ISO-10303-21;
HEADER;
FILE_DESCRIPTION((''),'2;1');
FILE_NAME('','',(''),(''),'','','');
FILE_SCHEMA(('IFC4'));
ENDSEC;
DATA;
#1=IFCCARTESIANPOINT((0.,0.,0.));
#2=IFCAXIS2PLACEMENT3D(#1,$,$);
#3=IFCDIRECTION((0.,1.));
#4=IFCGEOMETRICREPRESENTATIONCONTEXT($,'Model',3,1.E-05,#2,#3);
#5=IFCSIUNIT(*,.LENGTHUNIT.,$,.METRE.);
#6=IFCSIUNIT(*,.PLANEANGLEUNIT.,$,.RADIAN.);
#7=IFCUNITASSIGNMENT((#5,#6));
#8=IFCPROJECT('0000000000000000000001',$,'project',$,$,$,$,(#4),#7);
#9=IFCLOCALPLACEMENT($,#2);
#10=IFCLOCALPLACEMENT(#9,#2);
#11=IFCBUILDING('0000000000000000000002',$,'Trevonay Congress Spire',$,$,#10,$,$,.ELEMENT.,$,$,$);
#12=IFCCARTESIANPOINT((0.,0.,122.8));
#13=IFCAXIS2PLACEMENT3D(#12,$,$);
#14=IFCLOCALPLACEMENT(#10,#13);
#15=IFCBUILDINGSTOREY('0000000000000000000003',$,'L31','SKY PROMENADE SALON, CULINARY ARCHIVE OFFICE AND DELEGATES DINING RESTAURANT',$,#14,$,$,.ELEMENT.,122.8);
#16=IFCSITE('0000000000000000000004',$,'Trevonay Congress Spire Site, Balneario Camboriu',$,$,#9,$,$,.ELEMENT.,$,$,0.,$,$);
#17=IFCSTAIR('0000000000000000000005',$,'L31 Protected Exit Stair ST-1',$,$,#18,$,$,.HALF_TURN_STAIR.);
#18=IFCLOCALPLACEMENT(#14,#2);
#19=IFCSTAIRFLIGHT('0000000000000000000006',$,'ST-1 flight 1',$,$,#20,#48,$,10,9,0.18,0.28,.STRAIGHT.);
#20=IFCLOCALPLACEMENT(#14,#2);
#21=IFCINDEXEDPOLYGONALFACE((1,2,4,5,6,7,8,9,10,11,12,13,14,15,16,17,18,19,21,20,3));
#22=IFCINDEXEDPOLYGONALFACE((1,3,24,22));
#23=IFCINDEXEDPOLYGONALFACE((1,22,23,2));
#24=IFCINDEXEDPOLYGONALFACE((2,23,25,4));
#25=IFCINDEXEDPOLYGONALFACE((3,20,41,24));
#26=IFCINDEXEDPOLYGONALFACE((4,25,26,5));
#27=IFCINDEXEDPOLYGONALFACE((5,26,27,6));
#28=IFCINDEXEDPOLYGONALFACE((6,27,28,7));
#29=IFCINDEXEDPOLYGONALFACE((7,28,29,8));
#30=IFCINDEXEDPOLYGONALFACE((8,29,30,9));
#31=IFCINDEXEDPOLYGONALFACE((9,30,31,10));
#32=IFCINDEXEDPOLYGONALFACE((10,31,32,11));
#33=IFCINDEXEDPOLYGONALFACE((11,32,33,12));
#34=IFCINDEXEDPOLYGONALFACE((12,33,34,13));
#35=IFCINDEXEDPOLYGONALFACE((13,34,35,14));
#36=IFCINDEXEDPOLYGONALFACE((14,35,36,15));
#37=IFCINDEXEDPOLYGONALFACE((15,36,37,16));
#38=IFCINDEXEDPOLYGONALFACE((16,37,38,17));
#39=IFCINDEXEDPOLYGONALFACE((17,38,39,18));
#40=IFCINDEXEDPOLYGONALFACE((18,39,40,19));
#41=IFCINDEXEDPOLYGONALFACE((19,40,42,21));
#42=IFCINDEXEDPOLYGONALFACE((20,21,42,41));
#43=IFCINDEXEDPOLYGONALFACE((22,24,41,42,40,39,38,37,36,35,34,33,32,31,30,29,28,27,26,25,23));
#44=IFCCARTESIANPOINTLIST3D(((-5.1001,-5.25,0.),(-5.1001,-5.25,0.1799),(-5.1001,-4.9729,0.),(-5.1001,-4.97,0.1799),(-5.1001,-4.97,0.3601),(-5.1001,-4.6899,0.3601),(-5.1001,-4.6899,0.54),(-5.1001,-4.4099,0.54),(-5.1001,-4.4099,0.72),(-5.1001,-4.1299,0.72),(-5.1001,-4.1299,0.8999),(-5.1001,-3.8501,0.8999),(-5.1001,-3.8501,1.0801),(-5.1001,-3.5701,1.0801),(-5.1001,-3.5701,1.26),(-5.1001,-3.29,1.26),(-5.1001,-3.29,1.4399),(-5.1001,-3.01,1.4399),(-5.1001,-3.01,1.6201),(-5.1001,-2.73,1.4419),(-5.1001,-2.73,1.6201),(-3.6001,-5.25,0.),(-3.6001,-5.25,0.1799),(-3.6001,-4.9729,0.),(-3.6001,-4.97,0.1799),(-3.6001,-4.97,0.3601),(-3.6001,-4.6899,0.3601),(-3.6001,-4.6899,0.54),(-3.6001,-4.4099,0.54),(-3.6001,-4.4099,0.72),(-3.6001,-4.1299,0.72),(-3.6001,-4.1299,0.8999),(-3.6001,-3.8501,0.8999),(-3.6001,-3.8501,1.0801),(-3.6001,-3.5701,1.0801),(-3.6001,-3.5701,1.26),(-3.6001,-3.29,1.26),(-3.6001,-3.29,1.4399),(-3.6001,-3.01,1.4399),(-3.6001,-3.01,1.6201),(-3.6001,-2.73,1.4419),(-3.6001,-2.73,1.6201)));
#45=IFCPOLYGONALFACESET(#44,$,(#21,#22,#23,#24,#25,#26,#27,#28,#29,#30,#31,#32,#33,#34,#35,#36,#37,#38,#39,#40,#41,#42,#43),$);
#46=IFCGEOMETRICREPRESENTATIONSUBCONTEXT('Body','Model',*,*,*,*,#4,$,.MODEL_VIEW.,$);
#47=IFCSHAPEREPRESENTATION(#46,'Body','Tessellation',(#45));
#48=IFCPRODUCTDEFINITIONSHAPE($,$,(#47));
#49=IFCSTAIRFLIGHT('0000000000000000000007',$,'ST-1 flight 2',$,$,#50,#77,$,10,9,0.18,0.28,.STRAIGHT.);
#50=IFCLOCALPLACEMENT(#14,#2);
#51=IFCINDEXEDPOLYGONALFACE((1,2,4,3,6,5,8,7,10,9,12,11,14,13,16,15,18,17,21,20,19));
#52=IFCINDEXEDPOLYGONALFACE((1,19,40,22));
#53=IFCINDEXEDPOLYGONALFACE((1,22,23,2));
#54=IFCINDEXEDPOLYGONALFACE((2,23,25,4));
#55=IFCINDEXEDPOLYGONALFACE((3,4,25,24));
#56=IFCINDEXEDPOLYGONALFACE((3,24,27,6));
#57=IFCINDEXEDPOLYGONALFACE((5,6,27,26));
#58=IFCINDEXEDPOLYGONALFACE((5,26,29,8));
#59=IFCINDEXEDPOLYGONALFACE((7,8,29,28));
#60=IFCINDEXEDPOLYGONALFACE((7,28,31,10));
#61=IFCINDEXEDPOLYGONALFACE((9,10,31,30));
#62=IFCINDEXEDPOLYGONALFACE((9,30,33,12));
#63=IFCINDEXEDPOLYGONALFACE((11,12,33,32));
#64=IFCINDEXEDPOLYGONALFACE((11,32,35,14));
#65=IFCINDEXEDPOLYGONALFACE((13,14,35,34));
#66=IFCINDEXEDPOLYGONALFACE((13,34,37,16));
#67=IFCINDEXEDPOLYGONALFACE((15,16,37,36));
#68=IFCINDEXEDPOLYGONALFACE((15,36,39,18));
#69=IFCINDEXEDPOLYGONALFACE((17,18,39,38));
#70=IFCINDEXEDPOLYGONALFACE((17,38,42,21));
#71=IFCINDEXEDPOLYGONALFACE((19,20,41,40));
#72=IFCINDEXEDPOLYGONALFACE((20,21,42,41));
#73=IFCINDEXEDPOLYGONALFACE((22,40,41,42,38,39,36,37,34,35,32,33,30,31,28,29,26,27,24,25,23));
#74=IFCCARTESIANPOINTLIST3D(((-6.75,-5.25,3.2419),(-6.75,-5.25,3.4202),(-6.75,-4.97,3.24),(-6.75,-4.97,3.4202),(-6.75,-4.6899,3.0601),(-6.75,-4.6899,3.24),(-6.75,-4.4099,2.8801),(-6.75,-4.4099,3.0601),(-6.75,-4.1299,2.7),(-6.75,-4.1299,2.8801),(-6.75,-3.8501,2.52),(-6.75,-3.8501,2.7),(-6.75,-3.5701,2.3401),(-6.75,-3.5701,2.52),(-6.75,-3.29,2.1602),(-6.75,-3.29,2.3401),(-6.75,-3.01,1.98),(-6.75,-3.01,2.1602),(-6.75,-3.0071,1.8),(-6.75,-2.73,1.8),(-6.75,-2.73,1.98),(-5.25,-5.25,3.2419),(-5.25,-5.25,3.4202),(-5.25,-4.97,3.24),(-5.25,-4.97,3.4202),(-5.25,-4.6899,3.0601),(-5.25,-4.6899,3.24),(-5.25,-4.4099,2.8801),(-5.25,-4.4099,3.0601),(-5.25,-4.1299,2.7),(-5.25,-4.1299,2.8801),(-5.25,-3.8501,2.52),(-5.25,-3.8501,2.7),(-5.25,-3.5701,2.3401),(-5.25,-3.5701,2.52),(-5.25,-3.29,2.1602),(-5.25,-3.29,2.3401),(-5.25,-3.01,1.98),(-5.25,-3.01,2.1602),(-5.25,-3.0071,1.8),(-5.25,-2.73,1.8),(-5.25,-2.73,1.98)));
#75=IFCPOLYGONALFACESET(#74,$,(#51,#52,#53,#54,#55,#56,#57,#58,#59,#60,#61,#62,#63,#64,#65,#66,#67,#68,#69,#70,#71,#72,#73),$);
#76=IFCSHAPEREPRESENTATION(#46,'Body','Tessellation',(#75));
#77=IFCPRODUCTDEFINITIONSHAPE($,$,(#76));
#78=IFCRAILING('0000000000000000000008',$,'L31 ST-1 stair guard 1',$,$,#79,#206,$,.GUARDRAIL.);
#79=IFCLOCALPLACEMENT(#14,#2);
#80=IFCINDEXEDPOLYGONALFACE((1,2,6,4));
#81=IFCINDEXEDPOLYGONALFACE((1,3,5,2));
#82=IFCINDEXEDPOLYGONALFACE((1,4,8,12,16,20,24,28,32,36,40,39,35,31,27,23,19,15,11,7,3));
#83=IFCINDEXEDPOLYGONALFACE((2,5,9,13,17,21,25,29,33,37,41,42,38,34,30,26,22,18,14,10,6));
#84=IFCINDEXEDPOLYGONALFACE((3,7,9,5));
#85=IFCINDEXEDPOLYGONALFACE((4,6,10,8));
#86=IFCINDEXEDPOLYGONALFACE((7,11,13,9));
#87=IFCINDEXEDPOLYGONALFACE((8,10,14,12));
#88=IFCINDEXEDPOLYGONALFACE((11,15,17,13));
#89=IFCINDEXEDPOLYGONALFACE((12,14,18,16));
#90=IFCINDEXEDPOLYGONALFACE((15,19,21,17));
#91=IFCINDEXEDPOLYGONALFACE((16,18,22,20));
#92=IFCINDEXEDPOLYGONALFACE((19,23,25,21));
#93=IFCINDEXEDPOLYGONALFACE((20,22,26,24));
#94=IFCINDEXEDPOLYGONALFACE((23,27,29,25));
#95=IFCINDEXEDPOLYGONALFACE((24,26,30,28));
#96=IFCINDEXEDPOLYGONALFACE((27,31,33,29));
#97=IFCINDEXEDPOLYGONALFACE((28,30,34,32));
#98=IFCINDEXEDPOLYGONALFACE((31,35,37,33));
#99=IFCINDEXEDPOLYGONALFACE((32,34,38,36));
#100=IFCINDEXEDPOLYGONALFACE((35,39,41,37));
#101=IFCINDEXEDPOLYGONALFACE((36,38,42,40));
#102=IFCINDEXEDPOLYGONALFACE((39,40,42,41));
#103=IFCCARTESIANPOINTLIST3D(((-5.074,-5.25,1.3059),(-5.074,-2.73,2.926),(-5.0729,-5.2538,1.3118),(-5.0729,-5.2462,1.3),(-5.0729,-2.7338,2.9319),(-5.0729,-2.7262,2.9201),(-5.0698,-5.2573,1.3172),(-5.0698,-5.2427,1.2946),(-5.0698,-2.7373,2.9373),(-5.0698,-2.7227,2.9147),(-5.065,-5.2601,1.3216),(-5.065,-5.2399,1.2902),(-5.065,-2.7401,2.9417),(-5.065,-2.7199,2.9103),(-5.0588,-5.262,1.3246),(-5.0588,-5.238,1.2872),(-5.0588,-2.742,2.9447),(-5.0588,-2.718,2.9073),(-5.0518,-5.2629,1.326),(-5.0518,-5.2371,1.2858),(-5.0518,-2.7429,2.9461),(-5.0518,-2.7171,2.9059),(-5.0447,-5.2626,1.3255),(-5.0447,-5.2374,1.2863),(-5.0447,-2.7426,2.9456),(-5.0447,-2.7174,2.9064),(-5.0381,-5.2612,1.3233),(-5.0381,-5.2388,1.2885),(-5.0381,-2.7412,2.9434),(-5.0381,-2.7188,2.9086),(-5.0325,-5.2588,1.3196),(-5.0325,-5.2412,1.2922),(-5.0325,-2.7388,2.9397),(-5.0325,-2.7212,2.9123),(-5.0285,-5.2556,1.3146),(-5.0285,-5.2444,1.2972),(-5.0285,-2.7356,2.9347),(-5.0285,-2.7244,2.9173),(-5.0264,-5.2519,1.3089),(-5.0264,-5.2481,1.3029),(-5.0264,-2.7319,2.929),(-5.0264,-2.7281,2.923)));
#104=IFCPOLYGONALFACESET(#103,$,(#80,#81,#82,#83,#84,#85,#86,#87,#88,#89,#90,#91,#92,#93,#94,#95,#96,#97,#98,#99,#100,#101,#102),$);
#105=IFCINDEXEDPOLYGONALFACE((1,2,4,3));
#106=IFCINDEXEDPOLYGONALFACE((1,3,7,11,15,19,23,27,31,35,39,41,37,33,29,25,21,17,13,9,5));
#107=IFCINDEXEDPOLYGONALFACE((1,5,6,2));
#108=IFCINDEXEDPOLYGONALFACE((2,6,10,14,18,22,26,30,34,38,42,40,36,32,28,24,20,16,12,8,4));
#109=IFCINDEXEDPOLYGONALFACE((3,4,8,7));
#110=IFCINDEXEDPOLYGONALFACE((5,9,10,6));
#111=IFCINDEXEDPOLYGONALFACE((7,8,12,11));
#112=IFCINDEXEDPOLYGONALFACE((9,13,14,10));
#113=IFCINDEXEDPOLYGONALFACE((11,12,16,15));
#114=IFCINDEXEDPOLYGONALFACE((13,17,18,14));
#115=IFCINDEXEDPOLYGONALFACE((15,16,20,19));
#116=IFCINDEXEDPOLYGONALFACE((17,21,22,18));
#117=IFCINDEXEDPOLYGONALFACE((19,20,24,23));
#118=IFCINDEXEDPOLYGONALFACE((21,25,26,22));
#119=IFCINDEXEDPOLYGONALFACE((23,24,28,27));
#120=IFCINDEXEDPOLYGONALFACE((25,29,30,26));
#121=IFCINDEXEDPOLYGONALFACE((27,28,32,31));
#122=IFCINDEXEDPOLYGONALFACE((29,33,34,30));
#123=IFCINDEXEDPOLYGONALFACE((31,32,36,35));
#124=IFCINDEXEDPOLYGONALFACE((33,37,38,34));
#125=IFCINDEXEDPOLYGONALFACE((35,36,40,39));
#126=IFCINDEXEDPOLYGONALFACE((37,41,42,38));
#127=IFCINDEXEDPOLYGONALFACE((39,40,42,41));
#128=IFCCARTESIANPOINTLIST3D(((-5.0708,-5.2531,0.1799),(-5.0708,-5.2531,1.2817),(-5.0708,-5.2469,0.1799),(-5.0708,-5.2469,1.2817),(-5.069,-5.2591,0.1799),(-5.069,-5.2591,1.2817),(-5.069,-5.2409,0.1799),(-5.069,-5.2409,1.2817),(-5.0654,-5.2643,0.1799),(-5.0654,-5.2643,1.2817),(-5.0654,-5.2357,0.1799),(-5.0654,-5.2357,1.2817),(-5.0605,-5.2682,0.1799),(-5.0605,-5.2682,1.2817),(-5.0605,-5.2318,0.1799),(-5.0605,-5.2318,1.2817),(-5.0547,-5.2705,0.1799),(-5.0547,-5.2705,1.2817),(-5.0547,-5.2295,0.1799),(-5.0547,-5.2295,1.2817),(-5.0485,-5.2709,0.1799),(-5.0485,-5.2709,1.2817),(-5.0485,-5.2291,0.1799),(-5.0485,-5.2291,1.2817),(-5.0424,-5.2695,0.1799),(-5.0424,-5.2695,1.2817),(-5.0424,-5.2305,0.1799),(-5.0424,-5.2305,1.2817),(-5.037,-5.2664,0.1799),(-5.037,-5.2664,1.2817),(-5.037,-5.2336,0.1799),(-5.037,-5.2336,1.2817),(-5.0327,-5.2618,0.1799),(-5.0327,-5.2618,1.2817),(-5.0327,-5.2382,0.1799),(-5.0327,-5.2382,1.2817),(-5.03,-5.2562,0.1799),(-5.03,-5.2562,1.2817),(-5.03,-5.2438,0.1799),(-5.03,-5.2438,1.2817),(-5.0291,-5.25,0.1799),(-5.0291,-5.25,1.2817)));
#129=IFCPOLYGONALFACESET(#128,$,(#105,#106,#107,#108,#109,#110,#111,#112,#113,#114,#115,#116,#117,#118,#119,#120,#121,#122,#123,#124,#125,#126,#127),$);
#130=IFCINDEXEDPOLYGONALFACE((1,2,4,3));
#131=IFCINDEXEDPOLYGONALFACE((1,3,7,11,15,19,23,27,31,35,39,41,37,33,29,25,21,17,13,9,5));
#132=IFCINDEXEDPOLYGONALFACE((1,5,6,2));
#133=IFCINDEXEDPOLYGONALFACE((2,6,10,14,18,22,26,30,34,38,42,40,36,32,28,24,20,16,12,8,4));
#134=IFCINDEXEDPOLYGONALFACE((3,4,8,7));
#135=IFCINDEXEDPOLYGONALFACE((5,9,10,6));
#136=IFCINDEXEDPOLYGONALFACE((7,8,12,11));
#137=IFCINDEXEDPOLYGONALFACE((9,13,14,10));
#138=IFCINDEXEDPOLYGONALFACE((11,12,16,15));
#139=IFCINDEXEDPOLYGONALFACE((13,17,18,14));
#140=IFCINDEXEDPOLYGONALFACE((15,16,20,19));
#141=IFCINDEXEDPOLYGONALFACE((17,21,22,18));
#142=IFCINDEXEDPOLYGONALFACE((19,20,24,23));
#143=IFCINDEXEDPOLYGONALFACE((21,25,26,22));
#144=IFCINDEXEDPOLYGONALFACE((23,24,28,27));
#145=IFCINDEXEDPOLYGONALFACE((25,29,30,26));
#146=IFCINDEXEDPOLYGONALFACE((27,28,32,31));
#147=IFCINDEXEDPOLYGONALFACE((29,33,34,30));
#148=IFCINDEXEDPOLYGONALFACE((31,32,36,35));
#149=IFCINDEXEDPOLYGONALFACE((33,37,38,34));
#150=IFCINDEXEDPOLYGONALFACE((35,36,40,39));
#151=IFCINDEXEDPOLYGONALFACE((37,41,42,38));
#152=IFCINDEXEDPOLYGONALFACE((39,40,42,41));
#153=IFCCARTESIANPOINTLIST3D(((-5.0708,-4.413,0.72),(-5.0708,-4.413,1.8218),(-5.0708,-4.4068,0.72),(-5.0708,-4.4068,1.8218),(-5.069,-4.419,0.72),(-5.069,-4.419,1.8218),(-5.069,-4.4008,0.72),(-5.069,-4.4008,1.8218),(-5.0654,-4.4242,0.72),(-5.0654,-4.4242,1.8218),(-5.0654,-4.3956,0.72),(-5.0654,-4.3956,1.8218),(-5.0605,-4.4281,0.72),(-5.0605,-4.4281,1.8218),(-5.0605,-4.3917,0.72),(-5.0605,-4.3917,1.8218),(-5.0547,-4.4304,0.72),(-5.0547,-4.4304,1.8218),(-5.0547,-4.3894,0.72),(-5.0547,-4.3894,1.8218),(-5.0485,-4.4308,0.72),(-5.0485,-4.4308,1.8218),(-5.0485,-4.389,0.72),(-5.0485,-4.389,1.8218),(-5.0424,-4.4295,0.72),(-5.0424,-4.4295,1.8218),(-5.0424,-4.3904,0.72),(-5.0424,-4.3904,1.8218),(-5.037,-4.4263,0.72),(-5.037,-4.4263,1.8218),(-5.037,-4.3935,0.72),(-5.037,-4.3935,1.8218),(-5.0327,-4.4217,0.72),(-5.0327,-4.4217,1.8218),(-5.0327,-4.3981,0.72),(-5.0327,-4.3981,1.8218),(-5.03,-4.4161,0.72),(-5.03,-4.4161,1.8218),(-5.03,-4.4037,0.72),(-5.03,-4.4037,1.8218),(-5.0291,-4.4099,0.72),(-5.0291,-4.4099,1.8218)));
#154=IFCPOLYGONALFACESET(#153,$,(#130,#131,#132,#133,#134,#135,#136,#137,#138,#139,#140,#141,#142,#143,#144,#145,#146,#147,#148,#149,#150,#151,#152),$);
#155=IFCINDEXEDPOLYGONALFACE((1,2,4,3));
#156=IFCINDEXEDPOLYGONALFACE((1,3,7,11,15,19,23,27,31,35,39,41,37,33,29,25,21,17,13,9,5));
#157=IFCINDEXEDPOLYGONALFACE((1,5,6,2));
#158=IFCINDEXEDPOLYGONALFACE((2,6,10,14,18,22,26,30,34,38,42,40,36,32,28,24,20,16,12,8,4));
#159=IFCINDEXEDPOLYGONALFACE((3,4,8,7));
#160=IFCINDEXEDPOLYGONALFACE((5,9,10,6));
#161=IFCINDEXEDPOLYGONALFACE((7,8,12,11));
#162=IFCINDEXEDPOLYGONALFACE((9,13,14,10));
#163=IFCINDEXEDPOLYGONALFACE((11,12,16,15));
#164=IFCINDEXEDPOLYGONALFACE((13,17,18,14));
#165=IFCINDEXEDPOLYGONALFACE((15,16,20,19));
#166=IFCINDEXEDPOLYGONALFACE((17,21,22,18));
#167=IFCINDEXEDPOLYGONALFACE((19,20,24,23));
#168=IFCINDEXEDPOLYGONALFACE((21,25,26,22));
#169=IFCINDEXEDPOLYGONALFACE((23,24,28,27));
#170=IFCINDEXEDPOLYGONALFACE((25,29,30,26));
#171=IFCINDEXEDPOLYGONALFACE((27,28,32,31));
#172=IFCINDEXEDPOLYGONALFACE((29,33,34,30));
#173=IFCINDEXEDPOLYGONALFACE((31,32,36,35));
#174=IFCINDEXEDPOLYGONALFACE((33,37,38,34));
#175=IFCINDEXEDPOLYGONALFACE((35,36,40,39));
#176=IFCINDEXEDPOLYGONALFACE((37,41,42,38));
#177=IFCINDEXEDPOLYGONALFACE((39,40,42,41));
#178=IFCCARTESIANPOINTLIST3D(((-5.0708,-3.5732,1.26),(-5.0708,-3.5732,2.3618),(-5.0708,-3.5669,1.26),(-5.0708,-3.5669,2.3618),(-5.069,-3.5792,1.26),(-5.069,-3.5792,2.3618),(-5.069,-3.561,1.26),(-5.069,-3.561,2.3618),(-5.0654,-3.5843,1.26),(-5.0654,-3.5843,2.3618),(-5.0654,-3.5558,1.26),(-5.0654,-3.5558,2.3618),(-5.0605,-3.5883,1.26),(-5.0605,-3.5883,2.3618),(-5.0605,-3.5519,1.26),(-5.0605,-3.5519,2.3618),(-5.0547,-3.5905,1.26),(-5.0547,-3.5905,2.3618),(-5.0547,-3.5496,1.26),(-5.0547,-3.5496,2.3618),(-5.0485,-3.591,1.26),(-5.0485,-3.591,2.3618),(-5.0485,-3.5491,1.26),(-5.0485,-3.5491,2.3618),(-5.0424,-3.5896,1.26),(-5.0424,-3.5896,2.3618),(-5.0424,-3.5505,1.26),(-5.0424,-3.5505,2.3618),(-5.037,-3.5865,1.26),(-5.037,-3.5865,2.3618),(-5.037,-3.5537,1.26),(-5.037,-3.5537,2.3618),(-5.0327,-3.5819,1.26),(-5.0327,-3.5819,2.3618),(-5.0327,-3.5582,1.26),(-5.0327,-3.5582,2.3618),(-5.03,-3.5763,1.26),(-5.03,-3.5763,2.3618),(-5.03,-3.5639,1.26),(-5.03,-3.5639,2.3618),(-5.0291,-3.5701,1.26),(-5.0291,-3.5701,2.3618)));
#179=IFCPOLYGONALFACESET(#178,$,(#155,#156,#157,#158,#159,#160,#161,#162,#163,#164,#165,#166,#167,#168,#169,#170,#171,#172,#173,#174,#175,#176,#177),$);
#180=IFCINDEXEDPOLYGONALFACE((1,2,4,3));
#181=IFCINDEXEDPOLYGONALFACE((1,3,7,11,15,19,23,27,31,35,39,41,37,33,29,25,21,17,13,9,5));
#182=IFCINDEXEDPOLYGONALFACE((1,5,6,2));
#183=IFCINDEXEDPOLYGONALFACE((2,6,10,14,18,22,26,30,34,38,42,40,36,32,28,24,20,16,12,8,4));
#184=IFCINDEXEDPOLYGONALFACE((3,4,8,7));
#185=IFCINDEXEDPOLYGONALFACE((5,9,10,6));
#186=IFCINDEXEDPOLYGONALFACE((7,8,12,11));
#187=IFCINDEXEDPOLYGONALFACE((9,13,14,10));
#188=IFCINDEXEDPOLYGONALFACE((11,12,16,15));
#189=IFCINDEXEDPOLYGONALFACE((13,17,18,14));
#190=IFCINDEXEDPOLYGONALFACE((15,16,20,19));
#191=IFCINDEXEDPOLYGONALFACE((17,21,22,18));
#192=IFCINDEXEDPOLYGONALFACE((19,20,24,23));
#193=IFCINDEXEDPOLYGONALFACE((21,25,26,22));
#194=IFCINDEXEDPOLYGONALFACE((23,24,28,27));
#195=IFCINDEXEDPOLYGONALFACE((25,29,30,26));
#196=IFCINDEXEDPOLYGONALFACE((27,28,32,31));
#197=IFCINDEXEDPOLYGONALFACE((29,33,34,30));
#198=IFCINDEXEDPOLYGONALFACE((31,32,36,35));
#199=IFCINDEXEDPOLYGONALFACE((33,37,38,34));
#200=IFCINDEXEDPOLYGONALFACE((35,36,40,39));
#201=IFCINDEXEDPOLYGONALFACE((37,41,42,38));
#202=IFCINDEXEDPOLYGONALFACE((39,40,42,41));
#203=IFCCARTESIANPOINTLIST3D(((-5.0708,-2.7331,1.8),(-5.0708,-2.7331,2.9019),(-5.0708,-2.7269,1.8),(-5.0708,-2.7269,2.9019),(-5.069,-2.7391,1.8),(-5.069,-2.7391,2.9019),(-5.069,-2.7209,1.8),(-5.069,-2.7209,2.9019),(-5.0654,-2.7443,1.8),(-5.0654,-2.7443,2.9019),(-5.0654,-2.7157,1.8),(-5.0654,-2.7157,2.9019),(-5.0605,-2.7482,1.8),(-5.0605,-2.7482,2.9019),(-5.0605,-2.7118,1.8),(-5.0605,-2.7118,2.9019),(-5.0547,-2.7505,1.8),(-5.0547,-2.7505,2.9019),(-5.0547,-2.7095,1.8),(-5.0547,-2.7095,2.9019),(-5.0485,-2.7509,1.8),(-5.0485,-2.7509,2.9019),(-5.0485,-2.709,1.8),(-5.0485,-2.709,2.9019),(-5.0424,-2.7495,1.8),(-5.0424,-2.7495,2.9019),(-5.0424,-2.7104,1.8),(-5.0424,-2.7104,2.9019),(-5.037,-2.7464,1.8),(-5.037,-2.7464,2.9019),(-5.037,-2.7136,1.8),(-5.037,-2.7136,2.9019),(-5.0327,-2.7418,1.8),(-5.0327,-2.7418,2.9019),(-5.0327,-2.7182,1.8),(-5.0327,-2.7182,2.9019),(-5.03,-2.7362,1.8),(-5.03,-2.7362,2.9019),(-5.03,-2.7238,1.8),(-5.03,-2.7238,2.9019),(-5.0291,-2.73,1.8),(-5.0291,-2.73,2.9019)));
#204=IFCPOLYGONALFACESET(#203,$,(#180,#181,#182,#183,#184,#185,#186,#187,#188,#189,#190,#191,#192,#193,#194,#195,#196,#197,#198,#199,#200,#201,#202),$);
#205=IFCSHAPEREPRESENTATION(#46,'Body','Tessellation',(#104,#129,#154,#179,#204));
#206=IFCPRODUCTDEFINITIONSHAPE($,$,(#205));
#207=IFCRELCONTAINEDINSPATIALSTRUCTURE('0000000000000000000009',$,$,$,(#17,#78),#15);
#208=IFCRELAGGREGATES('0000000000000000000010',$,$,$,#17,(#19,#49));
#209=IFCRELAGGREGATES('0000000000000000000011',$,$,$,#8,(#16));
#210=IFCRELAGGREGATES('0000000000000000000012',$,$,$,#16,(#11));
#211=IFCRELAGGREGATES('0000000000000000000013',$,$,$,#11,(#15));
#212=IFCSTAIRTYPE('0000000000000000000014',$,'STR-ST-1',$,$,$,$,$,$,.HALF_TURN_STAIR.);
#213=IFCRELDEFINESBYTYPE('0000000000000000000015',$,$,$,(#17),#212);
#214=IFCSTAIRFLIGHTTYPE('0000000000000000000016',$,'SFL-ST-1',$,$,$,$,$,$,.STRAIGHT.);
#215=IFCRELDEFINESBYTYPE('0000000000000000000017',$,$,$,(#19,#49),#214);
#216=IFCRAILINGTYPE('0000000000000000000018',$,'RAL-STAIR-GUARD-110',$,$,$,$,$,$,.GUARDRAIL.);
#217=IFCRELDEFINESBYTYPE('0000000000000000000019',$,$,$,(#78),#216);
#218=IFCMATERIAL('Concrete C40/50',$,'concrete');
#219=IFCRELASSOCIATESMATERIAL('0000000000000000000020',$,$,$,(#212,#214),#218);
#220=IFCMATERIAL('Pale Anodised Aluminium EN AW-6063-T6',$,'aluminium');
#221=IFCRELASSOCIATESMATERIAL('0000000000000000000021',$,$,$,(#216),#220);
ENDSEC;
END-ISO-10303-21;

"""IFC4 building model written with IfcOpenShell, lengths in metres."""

from ifc_helpers import new_model, si_unit, direction, frame, origin, origin_2d, place, context, subcontext, project, spatial, polyline, circle, outline, extrude, material, type_object, element, aggregate, save


model = new_model("IFC4")

# Units and contexts
model_context = context("Model", 3, precision=1e-05, world=origin(), true_north=direction((0.0, 1.0)))
body_context = subcontext(model_context, "Body", "Model", "MODEL_VIEW")
ifc_project = project(units=[si_unit("LENGTHUNIT", "METRE"), si_unit("PLANEANGLEUNIT", "RADIAN")], contexts=[model_context])

# Site, building, storey
site_placement = place(None, origin())
site = spatial("IfcSite", under=ifc_project, at=site_placement, Name="Trevonay Congress Spire Site, Balneario Camboriu", CompositionType="ELEMENT", RefElevation=0.0)
building_placement = place(site_placement, origin())
building = spatial("IfcBuilding", under=site, at=building_placement, Name="Trevonay Congress Spire", CompositionType="ELEMENT")
storey_placement = place(building_placement, frame((0.0, 0.0, 122.8)))
storey = spatial("IfcBuildingStorey", under=building, at=storey_placement, Name="L31", Description="SKY PROMENADE SALON, CULINARY ARCHIVE OFFICE AND DELEGATES DINING RESTAURANT", CompositionType="ELEMENT", Elevation=122.8)

# Shared definitions
ifc_material_1 = material(Name="Concrete C40/50", Category="concrete")

# Stair, stair flights
stair_type = type_object("IfcStairType", Name="STR-ST-1", PredefinedType="HALF_TURN_STAIR", material=ifc_material_1)
stair_placement = place(storey_placement, origin())
stair = element("IfcStair", 1, at=stair_placement, inside=storey, type_object=stair_type, Name="L31 Protected Exit Stair ST-1", PredefinedType="HALF_TURN_STAIR")
stair_flight_type = type_object("IfcStairFlightType", Name="SFL-ST-1", PredefinedType="STRAIGHT", material=ifc_material_1)
stair_flight_1_placement = place(storey_placement, frame((-4.3501, -5.25, 0.0), z_axis=(0.0, 0.0, 1.0), x_axis=(0.0, 1.0, 0.0)))
stair_flight_1 = element("IfcStairFlight", 2, at=stair_flight_1_placement, type_object=stair_flight_type, Name="ST-1 flight 1", NumberOfRisers=10, NumberOfTreads=9, PredefinedType="STRAIGHT", RiserHeight=0.18, TreadLength=0.28, context=body_context, shape_type="SweptSolid", body=[
    extrude(outline(polyline([(0.0, 0.0), (0.0, 0.1799), (0.28, 0.1799), (0.28, 0.3601), (0.5601, 0.3601), (0.5601, 0.54), (0.8401, 0.54), (0.8401, 0.72), (1.1201, 0.72), (1.1201, 0.8999), (1.3999, 0.8999), (1.3999, 1.0801), (1.6799, 1.0801), (1.6799, 1.26), (1.96, 1.26), (1.96, 1.4399), (2.24, 1.4399), (2.24, 1.6201), (2.52, 1.6201), (2.52, 1.8), (2.52, 1.4419), (0.2771, 0.0), (0.0, 0.0)])), frame((0.0, 0.75, 0.0), z_axis=(0.0, -1.0, 0.0), x_axis=(1.0, 0.0, 0.0)), (0.0, 0.0, 1.0), 1.5),
])
stair_flight_2_placement = place(storey_placement, frame((-6.0, -2.73, 1.8), z_axis=(0.0, 0.0, 1.0), x_axis=(0.0, -1.0, 0.0)))
stair_flight_2 = element("IfcStairFlight", 3, at=stair_flight_2_placement, type_object=stair_flight_type, Name="ST-1 flight 2", NumberOfRisers=10, NumberOfTreads=9, PredefinedType="STRAIGHT", RiserHeight=0.18, TreadLength=0.28, context=body_context, shape_type="SweptSolid", body=[
    extrude(outline(polyline([(0.0, 0.0), (0.0, 0.1799), (0.28, 0.1799), (0.28, 0.3601), (0.5601, 0.3601), (0.5601, 0.54), (0.8401, 0.54), (0.8401, 0.72), (1.1201, 0.72), (1.1201, 0.8999), (1.3999, 0.8999), (1.3999, 1.0801), (1.6799, 1.0801), (1.6799, 1.26), (1.96, 1.26), (1.96, 1.4399), (2.24, 1.4399), (2.24, 1.6201), (2.52, 1.6201), (2.52, 1.8), (2.52, 1.4419), (0.2771, 0.0), (0.0, 0.0)])), frame((0.0, 0.75, 0.0), z_axis=(0.0, -1.0, 0.0), x_axis=(1.0, 0.0, 0.0)), (0.0, 0.0, 1.0), 1.5),
])
aggregate(stair, [stair_flight_1, stair_flight_2])

# Railing
ifc_material_2 = material(Name="Pale Anodised Aluminium EN AW-6063-T6", Category="aluminium")
railing_type_1 = type_object("IfcRailingType", Name="RAL-STAIR-GUARD-110", PredefinedType="GUARDRAIL", material=ifc_material_2)
railing_1_placement = place(storey_placement, frame((-5.05, -5.25, 0.1799)))
element("IfcRailing", 4, at=railing_1_placement, inside=storey, type_object=railing_type_1, Name="L31 ST-1 stair guard 1", PredefinedType="GUARDRAIL", context=body_context, shape_type="SweptSolid", body=[
    extrude(circle(Radius=0.0239, at=origin_2d()), frame((0.0, 0.0, 1.126), z_axis=(0.0, 0.841163, 0.540782), x_axis=(-1.0, 0.0, 0.0)), (0.0, 0.0, 1.0), 2.9958),
    extrude(circle(Radius=0.021, at=origin_2d()), origin(), (0.0, 0.0, 1.0), 1.1018),
    extrude(circle(Radius=0.021, at=origin_2d()), frame((0.0, 0.8401, 0.54)), (0.0, 0.0, 1.0), 1.1018),
    extrude(circle(Radius=0.021, at=origin_2d()), frame((0.0, 1.6799, 1.0801)), (0.0, 0.0, 1.0), 1.1018),
    extrude(circle(Radius=0.021, at=origin_2d()), frame((0.0, 2.52, 1.6201)), (0.0, 0.0, 1.0), 1.1018),
])

save(model, "model.ifc")
